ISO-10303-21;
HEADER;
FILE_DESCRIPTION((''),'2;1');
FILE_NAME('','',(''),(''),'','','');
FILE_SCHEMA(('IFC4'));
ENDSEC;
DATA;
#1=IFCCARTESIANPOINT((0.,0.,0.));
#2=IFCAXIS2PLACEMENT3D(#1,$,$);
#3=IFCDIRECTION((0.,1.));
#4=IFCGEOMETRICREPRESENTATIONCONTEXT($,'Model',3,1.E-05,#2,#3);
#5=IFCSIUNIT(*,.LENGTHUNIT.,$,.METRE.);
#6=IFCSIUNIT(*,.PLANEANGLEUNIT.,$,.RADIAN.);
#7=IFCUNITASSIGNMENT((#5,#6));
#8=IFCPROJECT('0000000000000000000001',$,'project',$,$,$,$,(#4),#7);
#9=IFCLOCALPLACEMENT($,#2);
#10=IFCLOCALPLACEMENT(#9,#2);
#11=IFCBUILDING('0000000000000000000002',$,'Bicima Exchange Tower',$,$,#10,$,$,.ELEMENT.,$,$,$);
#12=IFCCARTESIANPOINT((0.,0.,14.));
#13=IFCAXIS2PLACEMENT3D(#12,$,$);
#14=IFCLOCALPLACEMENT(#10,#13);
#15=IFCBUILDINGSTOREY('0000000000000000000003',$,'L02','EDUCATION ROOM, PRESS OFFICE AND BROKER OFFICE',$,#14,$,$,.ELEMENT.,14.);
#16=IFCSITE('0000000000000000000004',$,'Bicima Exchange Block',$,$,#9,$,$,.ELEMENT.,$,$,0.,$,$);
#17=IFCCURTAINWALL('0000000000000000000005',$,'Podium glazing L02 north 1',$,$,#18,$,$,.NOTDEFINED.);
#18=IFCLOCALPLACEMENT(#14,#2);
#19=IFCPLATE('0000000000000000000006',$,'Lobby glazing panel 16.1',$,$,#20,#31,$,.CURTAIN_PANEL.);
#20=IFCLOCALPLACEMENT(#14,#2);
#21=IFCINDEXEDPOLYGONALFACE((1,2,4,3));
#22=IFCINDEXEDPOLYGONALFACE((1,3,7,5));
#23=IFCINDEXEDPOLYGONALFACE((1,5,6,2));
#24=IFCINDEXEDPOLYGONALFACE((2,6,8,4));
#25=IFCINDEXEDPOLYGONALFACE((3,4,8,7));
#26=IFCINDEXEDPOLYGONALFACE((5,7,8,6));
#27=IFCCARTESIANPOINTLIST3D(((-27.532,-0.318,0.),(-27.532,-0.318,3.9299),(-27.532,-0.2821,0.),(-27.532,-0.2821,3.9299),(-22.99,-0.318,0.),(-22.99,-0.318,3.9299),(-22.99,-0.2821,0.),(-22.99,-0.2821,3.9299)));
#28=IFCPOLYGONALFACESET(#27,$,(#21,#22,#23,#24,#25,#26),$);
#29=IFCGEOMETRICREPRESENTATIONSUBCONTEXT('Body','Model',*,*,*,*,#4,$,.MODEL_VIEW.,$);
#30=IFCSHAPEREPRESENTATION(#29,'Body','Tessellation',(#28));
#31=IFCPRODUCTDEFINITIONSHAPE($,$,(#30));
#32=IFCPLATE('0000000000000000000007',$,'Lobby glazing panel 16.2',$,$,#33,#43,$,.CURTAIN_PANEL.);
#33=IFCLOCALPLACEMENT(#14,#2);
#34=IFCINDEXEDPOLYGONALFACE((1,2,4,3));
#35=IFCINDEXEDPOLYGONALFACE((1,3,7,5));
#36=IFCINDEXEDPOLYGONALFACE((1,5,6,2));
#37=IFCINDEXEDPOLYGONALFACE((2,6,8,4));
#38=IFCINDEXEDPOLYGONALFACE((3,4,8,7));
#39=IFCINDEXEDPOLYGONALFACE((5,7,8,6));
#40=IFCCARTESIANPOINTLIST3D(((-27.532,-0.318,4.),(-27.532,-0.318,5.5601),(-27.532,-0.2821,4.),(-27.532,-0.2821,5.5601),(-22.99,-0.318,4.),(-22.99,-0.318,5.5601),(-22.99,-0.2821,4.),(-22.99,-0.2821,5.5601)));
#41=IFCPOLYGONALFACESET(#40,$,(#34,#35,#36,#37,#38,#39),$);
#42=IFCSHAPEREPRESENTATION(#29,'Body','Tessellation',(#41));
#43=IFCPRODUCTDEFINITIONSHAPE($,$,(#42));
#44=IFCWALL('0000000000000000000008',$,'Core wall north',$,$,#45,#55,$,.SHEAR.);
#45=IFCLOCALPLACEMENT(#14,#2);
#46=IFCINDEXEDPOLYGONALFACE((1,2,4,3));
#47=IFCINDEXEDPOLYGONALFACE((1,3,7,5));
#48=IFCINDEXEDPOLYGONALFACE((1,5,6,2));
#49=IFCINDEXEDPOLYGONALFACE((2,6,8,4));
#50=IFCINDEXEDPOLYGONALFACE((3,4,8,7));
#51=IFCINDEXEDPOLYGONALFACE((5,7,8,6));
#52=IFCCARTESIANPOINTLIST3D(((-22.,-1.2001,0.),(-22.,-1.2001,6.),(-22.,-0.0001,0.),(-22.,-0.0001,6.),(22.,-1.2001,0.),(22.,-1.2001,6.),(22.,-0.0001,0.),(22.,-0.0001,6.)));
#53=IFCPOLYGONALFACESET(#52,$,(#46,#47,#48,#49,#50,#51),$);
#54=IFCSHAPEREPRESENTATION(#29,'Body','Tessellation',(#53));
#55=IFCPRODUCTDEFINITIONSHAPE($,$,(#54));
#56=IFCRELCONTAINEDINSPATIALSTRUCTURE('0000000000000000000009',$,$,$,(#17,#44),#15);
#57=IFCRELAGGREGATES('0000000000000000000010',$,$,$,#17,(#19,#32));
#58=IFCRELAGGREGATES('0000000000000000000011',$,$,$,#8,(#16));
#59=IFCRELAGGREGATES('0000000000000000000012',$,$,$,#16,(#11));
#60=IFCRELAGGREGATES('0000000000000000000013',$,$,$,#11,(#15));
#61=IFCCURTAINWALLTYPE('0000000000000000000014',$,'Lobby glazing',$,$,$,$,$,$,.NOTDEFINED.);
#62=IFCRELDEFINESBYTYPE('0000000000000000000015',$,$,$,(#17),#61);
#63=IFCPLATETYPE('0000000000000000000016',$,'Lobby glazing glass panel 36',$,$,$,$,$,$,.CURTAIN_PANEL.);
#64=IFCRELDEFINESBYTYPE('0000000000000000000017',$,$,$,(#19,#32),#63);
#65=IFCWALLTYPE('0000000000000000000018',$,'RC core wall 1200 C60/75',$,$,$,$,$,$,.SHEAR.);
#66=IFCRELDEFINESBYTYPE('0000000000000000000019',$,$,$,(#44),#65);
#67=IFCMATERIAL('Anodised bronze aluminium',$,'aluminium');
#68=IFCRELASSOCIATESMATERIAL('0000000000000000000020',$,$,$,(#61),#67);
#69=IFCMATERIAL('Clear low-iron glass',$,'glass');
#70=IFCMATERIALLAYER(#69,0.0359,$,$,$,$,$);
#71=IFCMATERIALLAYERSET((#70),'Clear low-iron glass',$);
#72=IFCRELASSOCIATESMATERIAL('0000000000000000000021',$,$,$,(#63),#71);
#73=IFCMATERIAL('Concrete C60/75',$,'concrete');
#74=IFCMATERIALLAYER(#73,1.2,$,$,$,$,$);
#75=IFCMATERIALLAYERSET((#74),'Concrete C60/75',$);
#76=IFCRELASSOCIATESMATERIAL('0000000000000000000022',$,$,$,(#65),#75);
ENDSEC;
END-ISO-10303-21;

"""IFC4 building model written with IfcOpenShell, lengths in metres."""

from ifc_helpers import new_model, si_unit, direction, frame, frame_2d, origin, origin_2d, place, context, subcontext, project, spatial, rectangle, extrude, material, layer, layer_set, type_object, element, aggregate, save


model = new_model("IFC4")

# Units and contexts
model_context = context("Model", 3, precision=1e-05, world=origin(), true_north=direction((0.0, 1.0)))
body_context = subcontext(model_context, "Body", "Model", "MODEL_VIEW")
ifc_project = project(units=[si_unit("LENGTHUNIT", "METRE"), si_unit("PLANEANGLEUNIT", "RADIAN")], contexts=[model_context])

# Site, building, storey
site_placement = place(None, origin())
site = spatial("IfcSite", under=ifc_project, at=site_placement, Name="Bicima Exchange Block", CompositionType="ELEMENT", RefElevation=0.0)
building_placement = place(site_placement, origin())
building = spatial("IfcBuilding", under=site, at=building_placement, Name="Bicima Exchange Tower", CompositionType="ELEMENT")
storey_placement = place(building_placement, frame((0.0, 0.0, 14.0)))
storey = spatial("IfcBuildingStorey", under=building, at=storey_placement, Name="L02", Description="EDUCATION ROOM, PRESS OFFICE AND BROKER OFFICE", CompositionType="ELEMENT", Elevation=14.0)

# Curtain wall, plates
ifc_material_1 = material(Name="Anodised bronze aluminium", Category="aluminium")
curtain_wall_type = type_object("IfcCurtainWallType", Name="Lobby glazing", PredefinedType="NOTDEFINED", material=ifc_material_1)
curtain_wall_placement = place(storey_placement, origin())
curtain_wall = element("IfcCurtainWall", 1, at=curtain_wall_placement, inside=storey, type_object=curtain_wall_type, Name="Podium glazing L02 north 1", PredefinedType="NOTDEFINED")
ifc_material_2 = material(Name="Clear low-iron glass", Category="glass")
ifc_layer_1 = layer(ifc_material_2, 0.0359)
ifc_layer_set_1 = layer_set([ifc_layer_1], Name="Clear low-iron glass")
plate_type = type_object("IfcPlateType", Name="Lobby glazing glass panel 36", PredefinedType="CURTAIN_PANEL", material=ifc_layer_set_1)
plate_1_placement = place(storey_placement, frame((-25.261, -0.3, 0.0), z_axis=(0.0, 0.0, 1.0), x_axis=(-1.0, 0.0, 0.0)))
plate_1 = element("IfcPlate", 2, at=plate_1_placement, type_object=plate_type, Name="Lobby glazing panel 16.1", PredefinedType="CURTAIN_PANEL", context=body_context, shape_type="SweptSolid", body=[
    extrude(rectangle(XDim=4.542, YDim=0.0359, at=origin_2d()), origin(), (0.0, 0.0, 1.0), 3.9299),
])
plate_2_placement = place(storey_placement, frame((-25.261, -0.3, 4.0), z_axis=(0.0, 0.0, 1.0), x_axis=(-1.0, 0.0, 0.0)))
plate_2 = element("IfcPlate", 3, at=plate_2_placement, type_object=plate_type, Name="Lobby glazing panel 16.2", PredefinedType="CURTAIN_PANEL", context=body_context, shape_type="SweptSolid", body=[
    extrude(rectangle(XDim=4.542, YDim=0.0359, at=origin_2d()), origin(), (0.0, 0.0, 1.0), 1.5601),
])
aggregate(curtain_wall, [plate_1, plate_2])

# Wall
ifc_material_3 = material(Name="Concrete C60/75", Category="concrete")
ifc_layer_2 = layer(ifc_material_3, 1.2)
ifc_layer_set_2 = layer_set([ifc_layer_2], Name="Concrete C60/75")
wall_type_1 = type_object("IfcWallType", Name="RC core wall 1200 C60/75", PredefinedType="SHEAR", material=ifc_layer_set_2)
wall_1_placement = place(storey_placement, frame((-22.0, -0.6001, 0.0), z_axis=(0.0, 0.0, 1.0), x_axis=(1.0, 0.0, 0.0)))
element("IfcWall", 4, at=wall_1_placement, inside=storey, type_object=wall_type_1, Name="Core wall north", PredefinedType="SHEAR", context=body_context, shape_type="SweptSolid", body=[
    extrude(rectangle(XDim=44.0, YDim=1.2, at=frame_2d((22.0, 0.0))), origin(), (0.0, 0.0, 1.0), 6.0),
])

save(model, "model.ifc")
